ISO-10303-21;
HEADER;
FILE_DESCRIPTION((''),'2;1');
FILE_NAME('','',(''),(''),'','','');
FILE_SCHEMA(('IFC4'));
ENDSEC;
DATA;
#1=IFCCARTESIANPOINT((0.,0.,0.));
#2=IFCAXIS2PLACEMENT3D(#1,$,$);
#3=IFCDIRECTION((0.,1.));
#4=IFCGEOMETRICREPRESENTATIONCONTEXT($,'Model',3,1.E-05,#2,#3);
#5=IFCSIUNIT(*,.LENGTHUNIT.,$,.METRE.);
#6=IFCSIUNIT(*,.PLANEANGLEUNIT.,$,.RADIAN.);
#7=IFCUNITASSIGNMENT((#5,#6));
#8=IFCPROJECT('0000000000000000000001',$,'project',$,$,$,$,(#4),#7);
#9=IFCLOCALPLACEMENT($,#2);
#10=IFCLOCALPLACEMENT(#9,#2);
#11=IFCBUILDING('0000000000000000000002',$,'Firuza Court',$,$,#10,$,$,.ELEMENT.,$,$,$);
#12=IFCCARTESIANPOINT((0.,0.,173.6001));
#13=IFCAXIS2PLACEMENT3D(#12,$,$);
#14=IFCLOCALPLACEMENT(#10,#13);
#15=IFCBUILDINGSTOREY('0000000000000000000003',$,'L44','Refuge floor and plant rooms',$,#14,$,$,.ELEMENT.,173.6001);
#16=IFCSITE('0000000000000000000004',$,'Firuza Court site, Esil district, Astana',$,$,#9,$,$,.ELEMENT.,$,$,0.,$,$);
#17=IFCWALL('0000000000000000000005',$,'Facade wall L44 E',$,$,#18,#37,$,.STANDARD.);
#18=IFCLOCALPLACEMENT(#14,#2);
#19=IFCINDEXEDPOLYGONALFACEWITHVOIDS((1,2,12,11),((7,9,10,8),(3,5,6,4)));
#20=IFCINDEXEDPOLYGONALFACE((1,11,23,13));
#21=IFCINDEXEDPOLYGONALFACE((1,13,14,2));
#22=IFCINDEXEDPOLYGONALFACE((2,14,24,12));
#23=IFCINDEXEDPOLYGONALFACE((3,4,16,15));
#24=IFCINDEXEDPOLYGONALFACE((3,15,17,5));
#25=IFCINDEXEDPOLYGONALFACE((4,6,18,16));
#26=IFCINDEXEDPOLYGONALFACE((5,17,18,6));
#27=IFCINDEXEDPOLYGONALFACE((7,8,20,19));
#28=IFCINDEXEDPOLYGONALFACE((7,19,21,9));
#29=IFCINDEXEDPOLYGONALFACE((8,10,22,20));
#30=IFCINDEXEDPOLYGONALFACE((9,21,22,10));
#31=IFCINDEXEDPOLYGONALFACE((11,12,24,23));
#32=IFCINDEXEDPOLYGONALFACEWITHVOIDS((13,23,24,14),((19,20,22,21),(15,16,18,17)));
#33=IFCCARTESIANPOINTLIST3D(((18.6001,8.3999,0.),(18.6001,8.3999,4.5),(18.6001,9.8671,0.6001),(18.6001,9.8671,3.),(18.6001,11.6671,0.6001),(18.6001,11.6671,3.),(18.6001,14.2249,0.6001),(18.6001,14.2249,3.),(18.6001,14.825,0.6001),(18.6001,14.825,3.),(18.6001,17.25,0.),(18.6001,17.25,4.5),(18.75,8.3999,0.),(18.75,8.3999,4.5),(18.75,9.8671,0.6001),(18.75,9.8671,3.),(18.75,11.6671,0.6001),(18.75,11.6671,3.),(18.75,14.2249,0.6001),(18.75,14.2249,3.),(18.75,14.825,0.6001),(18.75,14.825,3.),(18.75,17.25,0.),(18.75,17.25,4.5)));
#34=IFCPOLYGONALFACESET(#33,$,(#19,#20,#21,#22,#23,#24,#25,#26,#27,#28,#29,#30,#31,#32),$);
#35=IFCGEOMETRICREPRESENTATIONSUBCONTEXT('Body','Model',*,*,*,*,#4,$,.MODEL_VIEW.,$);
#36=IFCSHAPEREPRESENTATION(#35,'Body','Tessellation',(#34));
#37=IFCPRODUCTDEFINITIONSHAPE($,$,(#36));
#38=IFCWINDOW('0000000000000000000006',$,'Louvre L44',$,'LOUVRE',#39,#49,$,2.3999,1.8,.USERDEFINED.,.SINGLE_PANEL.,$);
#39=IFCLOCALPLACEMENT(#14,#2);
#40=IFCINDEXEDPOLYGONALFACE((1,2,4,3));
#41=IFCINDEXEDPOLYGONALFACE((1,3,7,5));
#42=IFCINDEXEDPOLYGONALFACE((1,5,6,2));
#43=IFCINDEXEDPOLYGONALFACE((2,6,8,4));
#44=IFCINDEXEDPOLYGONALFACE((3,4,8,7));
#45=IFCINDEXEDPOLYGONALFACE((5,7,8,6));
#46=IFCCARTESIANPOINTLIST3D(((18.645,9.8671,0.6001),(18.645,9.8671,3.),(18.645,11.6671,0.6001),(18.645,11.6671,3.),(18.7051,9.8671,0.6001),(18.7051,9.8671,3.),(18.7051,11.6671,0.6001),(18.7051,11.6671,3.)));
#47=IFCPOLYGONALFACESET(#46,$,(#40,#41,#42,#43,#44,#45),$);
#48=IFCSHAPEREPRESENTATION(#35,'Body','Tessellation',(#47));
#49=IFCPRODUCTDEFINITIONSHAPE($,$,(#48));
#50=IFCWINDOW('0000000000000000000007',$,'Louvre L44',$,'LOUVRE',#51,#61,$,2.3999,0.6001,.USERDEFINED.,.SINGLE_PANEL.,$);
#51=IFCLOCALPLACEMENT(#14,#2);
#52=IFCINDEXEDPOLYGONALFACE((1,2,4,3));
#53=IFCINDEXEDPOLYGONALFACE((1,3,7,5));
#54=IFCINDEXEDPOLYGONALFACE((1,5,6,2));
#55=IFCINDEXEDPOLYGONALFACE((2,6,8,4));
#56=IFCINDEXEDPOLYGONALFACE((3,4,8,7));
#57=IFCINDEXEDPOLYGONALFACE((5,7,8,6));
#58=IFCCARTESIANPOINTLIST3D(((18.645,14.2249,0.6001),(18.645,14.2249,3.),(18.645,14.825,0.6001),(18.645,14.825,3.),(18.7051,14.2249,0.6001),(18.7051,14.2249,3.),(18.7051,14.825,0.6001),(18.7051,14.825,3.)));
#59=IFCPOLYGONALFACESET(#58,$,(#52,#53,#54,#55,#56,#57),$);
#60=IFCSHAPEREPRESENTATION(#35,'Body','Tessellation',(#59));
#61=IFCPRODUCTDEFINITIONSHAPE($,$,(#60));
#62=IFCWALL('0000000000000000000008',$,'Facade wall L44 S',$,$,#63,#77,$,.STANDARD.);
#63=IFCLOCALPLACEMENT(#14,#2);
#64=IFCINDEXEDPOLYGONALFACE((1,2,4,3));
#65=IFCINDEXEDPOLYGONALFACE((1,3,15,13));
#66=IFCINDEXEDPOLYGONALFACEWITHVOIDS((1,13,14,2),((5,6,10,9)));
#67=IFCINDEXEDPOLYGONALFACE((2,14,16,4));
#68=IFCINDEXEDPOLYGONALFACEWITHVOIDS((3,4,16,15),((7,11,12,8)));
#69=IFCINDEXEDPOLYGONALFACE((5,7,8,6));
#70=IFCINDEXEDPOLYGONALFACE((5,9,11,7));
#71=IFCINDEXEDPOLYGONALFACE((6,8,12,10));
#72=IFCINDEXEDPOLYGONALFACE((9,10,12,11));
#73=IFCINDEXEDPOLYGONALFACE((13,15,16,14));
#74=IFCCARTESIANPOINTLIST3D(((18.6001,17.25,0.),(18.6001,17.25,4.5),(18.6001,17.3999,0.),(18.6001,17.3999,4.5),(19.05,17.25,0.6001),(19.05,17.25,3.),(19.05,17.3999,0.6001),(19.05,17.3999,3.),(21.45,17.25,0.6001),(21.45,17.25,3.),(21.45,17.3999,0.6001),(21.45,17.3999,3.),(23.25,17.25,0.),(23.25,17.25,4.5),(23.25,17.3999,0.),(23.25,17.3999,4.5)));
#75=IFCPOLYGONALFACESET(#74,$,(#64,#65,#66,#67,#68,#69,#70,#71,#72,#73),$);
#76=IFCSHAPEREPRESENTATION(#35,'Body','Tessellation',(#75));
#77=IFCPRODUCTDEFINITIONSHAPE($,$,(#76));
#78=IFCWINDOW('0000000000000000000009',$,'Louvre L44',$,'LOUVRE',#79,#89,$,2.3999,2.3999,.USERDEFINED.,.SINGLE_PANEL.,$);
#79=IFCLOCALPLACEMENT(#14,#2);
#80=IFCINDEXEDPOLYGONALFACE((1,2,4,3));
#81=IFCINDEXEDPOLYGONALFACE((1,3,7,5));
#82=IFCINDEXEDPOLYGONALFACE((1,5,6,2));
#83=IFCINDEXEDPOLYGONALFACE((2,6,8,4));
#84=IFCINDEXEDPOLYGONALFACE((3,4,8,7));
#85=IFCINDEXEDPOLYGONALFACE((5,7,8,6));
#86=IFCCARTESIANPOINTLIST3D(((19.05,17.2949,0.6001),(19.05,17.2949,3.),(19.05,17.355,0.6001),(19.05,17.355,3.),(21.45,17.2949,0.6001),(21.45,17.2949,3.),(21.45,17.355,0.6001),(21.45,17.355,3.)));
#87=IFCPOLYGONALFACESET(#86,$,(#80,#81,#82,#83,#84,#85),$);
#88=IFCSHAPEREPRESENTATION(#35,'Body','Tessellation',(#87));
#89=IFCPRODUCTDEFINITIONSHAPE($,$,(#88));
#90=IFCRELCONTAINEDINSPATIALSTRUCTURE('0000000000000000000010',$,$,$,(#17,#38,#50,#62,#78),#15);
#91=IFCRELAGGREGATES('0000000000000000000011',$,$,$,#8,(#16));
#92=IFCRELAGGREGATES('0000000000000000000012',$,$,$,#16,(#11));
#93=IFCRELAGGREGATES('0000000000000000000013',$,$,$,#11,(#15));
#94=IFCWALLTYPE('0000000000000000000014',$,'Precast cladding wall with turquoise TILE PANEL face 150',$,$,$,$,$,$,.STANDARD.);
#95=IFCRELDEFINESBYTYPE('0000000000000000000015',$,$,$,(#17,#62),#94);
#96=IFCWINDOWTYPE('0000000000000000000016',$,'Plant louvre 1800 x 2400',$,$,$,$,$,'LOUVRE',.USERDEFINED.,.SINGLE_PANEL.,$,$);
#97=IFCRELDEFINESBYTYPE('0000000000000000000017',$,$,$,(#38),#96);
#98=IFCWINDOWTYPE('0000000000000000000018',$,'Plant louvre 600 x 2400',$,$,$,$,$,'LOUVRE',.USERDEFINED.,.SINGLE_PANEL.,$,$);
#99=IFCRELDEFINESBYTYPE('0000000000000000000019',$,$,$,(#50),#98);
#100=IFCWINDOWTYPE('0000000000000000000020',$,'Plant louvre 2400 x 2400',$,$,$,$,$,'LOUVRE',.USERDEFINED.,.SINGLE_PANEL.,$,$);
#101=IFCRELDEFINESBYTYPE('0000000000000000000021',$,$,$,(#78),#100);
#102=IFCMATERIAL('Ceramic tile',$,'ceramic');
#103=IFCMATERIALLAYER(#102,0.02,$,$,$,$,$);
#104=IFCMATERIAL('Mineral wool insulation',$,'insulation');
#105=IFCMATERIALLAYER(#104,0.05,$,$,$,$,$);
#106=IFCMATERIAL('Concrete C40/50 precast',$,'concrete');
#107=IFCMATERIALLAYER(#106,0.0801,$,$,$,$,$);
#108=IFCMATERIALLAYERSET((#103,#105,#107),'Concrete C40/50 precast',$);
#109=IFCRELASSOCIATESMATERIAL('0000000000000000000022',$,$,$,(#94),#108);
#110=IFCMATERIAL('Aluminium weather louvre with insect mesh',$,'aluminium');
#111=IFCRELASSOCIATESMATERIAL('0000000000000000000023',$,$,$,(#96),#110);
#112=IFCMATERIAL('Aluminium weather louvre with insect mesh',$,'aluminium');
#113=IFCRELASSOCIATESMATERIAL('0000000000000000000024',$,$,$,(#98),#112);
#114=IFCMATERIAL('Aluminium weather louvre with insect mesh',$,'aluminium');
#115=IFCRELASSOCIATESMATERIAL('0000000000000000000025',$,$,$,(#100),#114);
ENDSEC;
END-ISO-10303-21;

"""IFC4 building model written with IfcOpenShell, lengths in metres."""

from ifc_helpers import new_model, si_unit, direction, frame, frame_2d, origin, place, context, subcontext, project, spatial, rectangle, extrude, material, layer, layer_set, type_object, element, fill, save


model = new_model("IFC4")

# Units and contexts
model_context = context("Model", 3, precision=1e-05, world=origin(), true_north=direction((0.0, 1.0)))
body_context = subcontext(model_context, "Body", "Model", "MODEL_VIEW")
ifc_project = project(units=[si_unit("LENGTHUNIT", "METRE"), si_unit("PLANEANGLEUNIT", "RADIAN")], contexts=[model_context])

# Site, building, storey
site_placement = place(None, origin())
site = spatial("IfcSite", under=ifc_project, at=site_placement, Name="Firuza Court site, Esil district, Astana", CompositionType="ELEMENT", RefElevation=0.0)
building_placement = place(site_placement, origin())
building = spatial("IfcBuilding", under=site, at=building_placement, Name="Firuza Court", CompositionType="ELEMENT")
storey_placement = place(building_placement, frame((0.0, 0.0, 173.6001)))
storey = spatial("IfcBuildingStorey", under=building, at=storey_placement, Name="L44", Description="Refuge floor and plant rooms", CompositionType="ELEMENT", Elevation=173.6001)

# Wall, openings, windows
ifc_material_1 = material(Name="Ceramic tile", Category="ceramic")
ifc_layer_1 = layer(ifc_material_1, 0.02)
ifc_material_2 = material(Name="Mineral wool insulation", Category="insulation")
ifc_layer_2 = layer(ifc_material_2, 0.05)
ifc_material_3 = material(Name="Concrete C40/50 precast", Category="concrete")
ifc_layer_3 = layer(ifc_material_3, 0.0801)
ifc_layer_set = layer_set([ifc_layer_1, ifc_layer_2, ifc_layer_3], Name="Concrete C40/50 precast")
wall_type = type_object("IfcWallType", Name="Precast cladding wall with turquoise TILE PANEL face 150", PredefinedType="STANDARD", material=ifc_layer_set)
wall_1_placement = place(storey_placement, frame((18.675, 8.3999, 0.0), z_axis=(0.0, 0.0, 1.0), x_axis=(0.0, 1.0, 0.0)))
wall_1 = element("IfcWall", 1, at=wall_1_placement, inside=storey, type_object=wall_type, Name="Facade wall L44 E", PredefinedType="STANDARD", context=body_context, shape_type="SweptSolid", body=[
    extrude(rectangle(XDim=8.8501, YDim=0.1499, at=frame_2d((4.425, 0.0))), origin(), (0.0, 0.0, 1.0), 4.5),
])
opening_1_placement = place(wall_1_placement, frame((1.4673, 0.0, 0.6001)))
opening_1 = element("IfcOpeningElement", 2, at=opening_1_placement, cuts=wall_1, PredefinedType="OPENING", context=body_context, shape_type="SweptSolid", body=[
    extrude(rectangle(XDim=1.8, YDim=2.3999, at=frame_2d((0.8999, 1.2))), frame((0.0, 0.0869, 0.0), z_axis=(0.0, -1.0, 0.0), x_axis=(1.0, 0.0, 0.0)), (0.0, 0.0, 1.0), 0.1738),
])
opening_2_placement = place(wall_1_placement, frame((5.825, 0.0, 0.6001)))
opening_2 = element("IfcOpeningElement", 3, at=opening_2_placement, cuts=wall_1, PredefinedType="OPENING", context=body_context, shape_type="SweptSolid", body=[
    extrude(rectangle(XDim=0.6001, YDim=2.3999, at=frame_2d((0.3, 1.2))), frame((0.0, 0.0869, 0.0), z_axis=(0.0, -1.0, 0.0), x_axis=(1.0, 0.0, 0.0)), (0.0, 0.0, 1.0), 0.1738),
])
ifc_material_4 = material(Name="Aluminium weather louvre with insect mesh", Category="aluminium")
window_type_1 = type_object("IfcWindowType", Name="Plant louvre 1800 x 2400", ElementType="LOUVRE", PartitioningType="SINGLE_PANEL", PredefinedType="USERDEFINED", material=ifc_material_4)
window_1_placement = place(opening_1_placement, origin())
window_1 = element("IfcWindow", 4, at=window_1_placement, inside=storey, type_object=window_type_1, Name="Louvre L44", ObjectType="LOUVRE", OverallHeight=2.3999, OverallWidth=1.8, PartitioningType="SINGLE_PANEL", PredefinedType="USERDEFINED", context=body_context, shape_type="SweptSolid", body=[
    extrude(rectangle(XDim=1.8, YDim=2.3999, at=frame_2d((0.8999, 1.2))), frame((0.0, 0.03, 0.0), z_axis=(0.0, -1.0, 0.0), x_axis=(1.0, 0.0, 0.0)), (0.0, 0.0, 1.0), 0.0601),
])
fill(opening_1, window_1)
ifc_material_5 = material(Name="Aluminium weather louvre with insect mesh", Category="aluminium")
window_type_2 = type_object("IfcWindowType", Name="Plant louvre 600 x 2400", ElementType="LOUVRE", PartitioningType="SINGLE_PANEL", PredefinedType="USERDEFINED", material=ifc_material_5)
window_2_placement = place(opening_2_placement, origin())
window_2 = element("IfcWindow", 5, at=window_2_placement, inside=storey, type_object=window_type_2, Name="Louvre L44", ObjectType="LOUVRE", OverallHeight=2.3999, OverallWidth=0.6001, PartitioningType="SINGLE_PANEL", PredefinedType="USERDEFINED", context=body_context, shape_type="SweptSolid", body=[
    extrude(rectangle(XDim=0.6001, YDim=2.3999, at=frame_2d((0.3, 1.2))), frame((0.0, 0.03, 0.0), z_axis=(0.0, -1.0, 0.0), x_axis=(1.0, 0.0, 0.0)), (0.0, 0.0, 1.0), 0.0601),
])
fill(opening_2, window_2)

# Wall, opening, window
wall_2_placement = place(storey_placement, frame((18.6001, 17.325, 0.0), z_axis=(0.0, 0.0, 1.0), x_axis=(1.0, 0.0, 0.0)))
wall_2 = element("IfcWall", 6, at=wall_2_placement, inside=storey, type_object=wall_type, Name="Facade wall L44 S", PredefinedType="STANDARD", context=body_context, shape_type="SweptSolid", body=[
    extrude(rectangle(XDim=4.6499, YDim=0.1499, at=frame_2d((2.325, 0.0))), origin(), (0.0, 0.0, 1.0), 4.5),
])
opening_3_placement = place(wall_2_placement, frame((0.45, 0.0, 0.6001)))
opening_3 = element("IfcOpeningElement", 7, at=opening_3_placement, cuts=wall_2, PredefinedType="OPENING", context=body_context, shape_type="SweptSolid", body=[
    extrude(rectangle(XDim=2.3999, YDim=2.3999, at=frame_2d((1.2, 1.2))), frame((0.0, 0.0869, 0.0), z_axis=(0.0, -1.0, 0.0), x_axis=(1.0, 0.0, 0.0)), (0.0, 0.0, 1.0), 0.1738),
])
ifc_material_6 = material(Name="Aluminium weather louvre with insect mesh", Category="aluminium")
window_type_3 = type_object("IfcWindowType", Name="Plant louvre 2400 x 2400", ElementType="LOUVRE", PartitioningType="SINGLE_PANEL", PredefinedType="USERDEFINED", material=ifc_material_6)
window_3_placement = place(opening_3_placement, origin())
window_3 = element("IfcWindow", 8, at=window_3_placement, inside=storey, type_object=window_type_3, Name="Louvre L44", ObjectType="LOUVRE", OverallHeight=2.3999, OverallWidth=2.3999, PartitioningType="SINGLE_PANEL", PredefinedType="USERDEFINED", context=body_context, shape_type="SweptSolid", body=[
    extrude(rectangle(XDim=2.3999, YDim=2.3999, at=frame_2d((1.2, 1.2))), frame((0.0, 0.03, 0.0), z_axis=(0.0, -1.0, 0.0), x_axis=(1.0, 0.0, 0.0)), (0.0, 0.0, 1.0), 0.0601),
])
fill(opening_3, window_3)

save(model, "model.ifc")
